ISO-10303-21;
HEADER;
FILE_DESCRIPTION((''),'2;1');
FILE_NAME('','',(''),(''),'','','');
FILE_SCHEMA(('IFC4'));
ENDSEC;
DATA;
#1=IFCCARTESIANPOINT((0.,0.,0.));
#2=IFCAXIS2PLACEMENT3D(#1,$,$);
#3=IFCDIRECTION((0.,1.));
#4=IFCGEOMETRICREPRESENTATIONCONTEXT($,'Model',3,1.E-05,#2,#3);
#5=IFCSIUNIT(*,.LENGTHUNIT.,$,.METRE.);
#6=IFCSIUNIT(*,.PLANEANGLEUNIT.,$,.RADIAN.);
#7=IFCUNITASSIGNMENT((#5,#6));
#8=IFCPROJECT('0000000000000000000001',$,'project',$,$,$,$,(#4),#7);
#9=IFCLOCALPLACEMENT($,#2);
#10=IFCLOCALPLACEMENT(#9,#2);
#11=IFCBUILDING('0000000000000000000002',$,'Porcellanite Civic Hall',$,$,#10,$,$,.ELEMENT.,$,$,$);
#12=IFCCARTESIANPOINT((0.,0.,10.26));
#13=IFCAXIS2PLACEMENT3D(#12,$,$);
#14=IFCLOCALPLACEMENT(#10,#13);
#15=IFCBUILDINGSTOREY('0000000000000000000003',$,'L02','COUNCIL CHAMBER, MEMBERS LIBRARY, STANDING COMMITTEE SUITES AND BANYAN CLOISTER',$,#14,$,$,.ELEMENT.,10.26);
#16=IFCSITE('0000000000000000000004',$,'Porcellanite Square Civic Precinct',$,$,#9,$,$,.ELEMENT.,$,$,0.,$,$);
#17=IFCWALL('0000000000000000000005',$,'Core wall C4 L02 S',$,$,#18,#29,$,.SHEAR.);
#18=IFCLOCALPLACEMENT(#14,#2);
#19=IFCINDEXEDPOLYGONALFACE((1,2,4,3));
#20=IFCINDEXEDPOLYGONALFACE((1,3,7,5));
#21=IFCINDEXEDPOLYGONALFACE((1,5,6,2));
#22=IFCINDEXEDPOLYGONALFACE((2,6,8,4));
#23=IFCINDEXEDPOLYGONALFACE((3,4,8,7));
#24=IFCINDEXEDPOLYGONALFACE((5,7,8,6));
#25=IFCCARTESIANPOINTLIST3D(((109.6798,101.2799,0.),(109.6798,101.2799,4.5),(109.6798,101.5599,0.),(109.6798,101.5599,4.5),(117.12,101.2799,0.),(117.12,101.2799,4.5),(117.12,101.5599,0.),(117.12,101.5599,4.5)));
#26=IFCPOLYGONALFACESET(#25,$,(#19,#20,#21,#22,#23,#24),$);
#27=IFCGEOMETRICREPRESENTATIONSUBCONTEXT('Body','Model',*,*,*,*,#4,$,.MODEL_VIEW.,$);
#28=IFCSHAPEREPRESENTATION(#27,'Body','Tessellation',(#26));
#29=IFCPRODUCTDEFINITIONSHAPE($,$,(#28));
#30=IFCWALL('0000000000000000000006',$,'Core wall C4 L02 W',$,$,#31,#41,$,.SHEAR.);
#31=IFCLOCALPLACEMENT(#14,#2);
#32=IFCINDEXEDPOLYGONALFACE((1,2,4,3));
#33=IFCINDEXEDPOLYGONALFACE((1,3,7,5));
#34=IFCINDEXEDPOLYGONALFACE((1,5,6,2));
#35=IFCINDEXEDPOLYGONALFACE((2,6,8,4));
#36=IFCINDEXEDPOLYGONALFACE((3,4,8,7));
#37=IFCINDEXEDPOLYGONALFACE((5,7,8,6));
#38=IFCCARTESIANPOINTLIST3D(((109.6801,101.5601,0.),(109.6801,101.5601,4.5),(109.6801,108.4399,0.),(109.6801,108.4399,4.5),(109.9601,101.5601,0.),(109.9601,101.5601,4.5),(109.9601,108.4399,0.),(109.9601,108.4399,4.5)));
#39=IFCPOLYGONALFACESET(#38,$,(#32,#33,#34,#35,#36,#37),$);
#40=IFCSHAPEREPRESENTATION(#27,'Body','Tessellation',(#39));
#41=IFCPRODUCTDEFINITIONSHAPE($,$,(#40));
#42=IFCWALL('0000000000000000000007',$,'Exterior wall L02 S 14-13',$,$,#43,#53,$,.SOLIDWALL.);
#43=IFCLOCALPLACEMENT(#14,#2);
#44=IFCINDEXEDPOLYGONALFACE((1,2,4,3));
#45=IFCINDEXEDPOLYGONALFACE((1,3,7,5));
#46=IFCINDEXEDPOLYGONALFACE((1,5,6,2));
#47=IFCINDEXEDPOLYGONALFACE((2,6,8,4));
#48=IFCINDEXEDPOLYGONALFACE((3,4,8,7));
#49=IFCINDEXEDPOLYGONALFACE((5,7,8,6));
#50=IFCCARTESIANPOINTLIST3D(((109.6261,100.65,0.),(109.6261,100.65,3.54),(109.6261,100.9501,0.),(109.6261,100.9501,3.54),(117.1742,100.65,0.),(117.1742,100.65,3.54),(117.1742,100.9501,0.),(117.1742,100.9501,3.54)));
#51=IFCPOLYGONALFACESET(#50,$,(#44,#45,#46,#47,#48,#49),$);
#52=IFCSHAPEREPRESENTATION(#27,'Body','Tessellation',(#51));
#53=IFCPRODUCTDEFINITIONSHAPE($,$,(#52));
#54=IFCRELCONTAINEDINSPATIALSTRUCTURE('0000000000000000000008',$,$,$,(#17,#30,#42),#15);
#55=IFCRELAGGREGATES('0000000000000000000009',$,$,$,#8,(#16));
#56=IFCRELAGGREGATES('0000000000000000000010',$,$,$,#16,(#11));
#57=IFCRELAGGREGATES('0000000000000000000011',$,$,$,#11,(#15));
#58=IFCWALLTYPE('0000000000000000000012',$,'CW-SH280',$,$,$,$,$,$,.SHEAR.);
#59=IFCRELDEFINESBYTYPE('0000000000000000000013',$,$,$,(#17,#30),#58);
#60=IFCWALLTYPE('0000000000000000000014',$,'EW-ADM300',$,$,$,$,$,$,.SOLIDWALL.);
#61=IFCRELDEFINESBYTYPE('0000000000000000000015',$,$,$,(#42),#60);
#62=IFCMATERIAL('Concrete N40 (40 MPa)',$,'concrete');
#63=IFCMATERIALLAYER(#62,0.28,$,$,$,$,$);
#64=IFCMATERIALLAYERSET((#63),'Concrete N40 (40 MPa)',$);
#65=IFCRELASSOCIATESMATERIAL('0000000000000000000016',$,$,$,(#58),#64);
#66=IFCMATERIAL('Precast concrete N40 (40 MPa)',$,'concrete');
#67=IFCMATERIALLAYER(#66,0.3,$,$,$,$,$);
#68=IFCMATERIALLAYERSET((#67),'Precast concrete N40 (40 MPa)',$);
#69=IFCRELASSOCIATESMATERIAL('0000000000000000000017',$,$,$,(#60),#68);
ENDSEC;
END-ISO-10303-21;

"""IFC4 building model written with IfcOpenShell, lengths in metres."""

from ifc_helpers import new_model, si_unit, direction, frame, frame_2d, origin, place, context, subcontext, project, spatial, rectangle, extrude, material, layer, layer_set, type_object, element, save


model = new_model("IFC4")

# Units and contexts
model_context = context("Model", 3, precision=1e-05, world=origin(), true_north=direction((0.0, 1.0)))
body_context = subcontext(model_context, "Body", "Model", "MODEL_VIEW")
ifc_project = project(units=[si_unit("LENGTHUNIT", "METRE"), si_unit("PLANEANGLEUNIT", "RADIAN")], contexts=[model_context])

# Site, building, storey
site_placement = place(None, origin())
site = spatial("IfcSite", under=ifc_project, at=site_placement, Name="Porcellanite Square Civic Precinct", CompositionType="ELEMENT", RefElevation=0.0)
building_placement = place(site_placement, origin())
building = spatial("IfcBuilding", under=site, at=building_placement, Name="Porcellanite Civic Hall", CompositionType="ELEMENT")
storey_placement = place(building_placement, frame((0.0, 0.0, 10.26)))
storey = spatial("IfcBuildingStorey", under=building, at=storey_placement, Name="L02", Description="COUNCIL CHAMBER, MEMBERS LIBRARY, STANDING COMMITTEE SUITES AND BANYAN CLOISTER", CompositionType="ELEMENT", Elevation=10.26)

# Walls
ifc_material_1 = material(Name="Concrete N40 (40 MPa)", Category="concrete")
ifc_layer_1 = layer(ifc_material_1, 0.28)
ifc_layer_set_1 = layer_set([ifc_layer_1], Name="Concrete N40 (40 MPa)")
wall_type_1 = type_object("IfcWallType", Name="CW-SH280", PredefinedType="SHEAR", material=ifc_layer_set_1)
wall_1_placement = place(storey_placement, frame((117.1201, 101.4199, 0.0), z_axis=(0.0, 0.0, 1.0), x_axis=(-1.0, 0.0, 0.0)))
element("IfcWall", 1, at=wall_1_placement, inside=storey, type_object=wall_type_1, Name="Core wall C4 L02 S", PredefinedType="SHEAR", context=body_context, shape_type="SweptSolid", body=[
    extrude(rectangle(XDim=7.4402, YDim=0.28, at=frame_2d((3.7202, 0.0))), origin(), (0.0, 0.0, 1.0), 4.5),
])
wall_2_placement = place(storey_placement, frame((109.8201, 101.5601, 0.0), z_axis=(0.0, 0.0, 1.0), x_axis=(0.0, 1.0, 0.0)))
element("IfcWall", 2, at=wall_2_placement, inside=storey, type_object=wall_type_1, Name="Core wall C4 L02 W", PredefinedType="SHEAR", context=body_context, shape_type="SweptSolid", body=[
    extrude(rectangle(XDim=6.8799, YDim=0.28, at=frame_2d((3.4399, 0.0))), origin(), (0.0, 0.0, 1.0), 4.5),
])
ifc_material_2 = material(Name="Precast concrete N40 (40 MPa)", Category="concrete")
ifc_layer_2 = layer(ifc_material_2, 0.3)
ifc_layer_set_2 = layer_set([ifc_layer_2], Name="Precast concrete N40 (40 MPa)")
wall_type_2 = type_object("IfcWallType", Name="EW-ADM300", PredefinedType="SOLIDWALL", material=ifc_layer_set_2)
wall_3_placement = place(storey_placement, frame((117.1741, 100.8, 0.0), z_axis=(0.0, 0.0, 1.0), x_axis=(-1.0, 0.0, 0.0)))
element("IfcWall", 3, at=wall_3_placement, inside=storey, type_object=wall_type_2, Name="Exterior wall L02 S 14-13", PredefinedType="SOLIDWALL", context=body_context, shape_type="SweptSolid", body=[
    extrude(rectangle(XDim=7.5481, YDim=0.3, at=frame_2d((3.7739, 0.0))), origin(), (0.0, 0.0, 1.0), 3.54),
])

save(model, "model.ifc")
